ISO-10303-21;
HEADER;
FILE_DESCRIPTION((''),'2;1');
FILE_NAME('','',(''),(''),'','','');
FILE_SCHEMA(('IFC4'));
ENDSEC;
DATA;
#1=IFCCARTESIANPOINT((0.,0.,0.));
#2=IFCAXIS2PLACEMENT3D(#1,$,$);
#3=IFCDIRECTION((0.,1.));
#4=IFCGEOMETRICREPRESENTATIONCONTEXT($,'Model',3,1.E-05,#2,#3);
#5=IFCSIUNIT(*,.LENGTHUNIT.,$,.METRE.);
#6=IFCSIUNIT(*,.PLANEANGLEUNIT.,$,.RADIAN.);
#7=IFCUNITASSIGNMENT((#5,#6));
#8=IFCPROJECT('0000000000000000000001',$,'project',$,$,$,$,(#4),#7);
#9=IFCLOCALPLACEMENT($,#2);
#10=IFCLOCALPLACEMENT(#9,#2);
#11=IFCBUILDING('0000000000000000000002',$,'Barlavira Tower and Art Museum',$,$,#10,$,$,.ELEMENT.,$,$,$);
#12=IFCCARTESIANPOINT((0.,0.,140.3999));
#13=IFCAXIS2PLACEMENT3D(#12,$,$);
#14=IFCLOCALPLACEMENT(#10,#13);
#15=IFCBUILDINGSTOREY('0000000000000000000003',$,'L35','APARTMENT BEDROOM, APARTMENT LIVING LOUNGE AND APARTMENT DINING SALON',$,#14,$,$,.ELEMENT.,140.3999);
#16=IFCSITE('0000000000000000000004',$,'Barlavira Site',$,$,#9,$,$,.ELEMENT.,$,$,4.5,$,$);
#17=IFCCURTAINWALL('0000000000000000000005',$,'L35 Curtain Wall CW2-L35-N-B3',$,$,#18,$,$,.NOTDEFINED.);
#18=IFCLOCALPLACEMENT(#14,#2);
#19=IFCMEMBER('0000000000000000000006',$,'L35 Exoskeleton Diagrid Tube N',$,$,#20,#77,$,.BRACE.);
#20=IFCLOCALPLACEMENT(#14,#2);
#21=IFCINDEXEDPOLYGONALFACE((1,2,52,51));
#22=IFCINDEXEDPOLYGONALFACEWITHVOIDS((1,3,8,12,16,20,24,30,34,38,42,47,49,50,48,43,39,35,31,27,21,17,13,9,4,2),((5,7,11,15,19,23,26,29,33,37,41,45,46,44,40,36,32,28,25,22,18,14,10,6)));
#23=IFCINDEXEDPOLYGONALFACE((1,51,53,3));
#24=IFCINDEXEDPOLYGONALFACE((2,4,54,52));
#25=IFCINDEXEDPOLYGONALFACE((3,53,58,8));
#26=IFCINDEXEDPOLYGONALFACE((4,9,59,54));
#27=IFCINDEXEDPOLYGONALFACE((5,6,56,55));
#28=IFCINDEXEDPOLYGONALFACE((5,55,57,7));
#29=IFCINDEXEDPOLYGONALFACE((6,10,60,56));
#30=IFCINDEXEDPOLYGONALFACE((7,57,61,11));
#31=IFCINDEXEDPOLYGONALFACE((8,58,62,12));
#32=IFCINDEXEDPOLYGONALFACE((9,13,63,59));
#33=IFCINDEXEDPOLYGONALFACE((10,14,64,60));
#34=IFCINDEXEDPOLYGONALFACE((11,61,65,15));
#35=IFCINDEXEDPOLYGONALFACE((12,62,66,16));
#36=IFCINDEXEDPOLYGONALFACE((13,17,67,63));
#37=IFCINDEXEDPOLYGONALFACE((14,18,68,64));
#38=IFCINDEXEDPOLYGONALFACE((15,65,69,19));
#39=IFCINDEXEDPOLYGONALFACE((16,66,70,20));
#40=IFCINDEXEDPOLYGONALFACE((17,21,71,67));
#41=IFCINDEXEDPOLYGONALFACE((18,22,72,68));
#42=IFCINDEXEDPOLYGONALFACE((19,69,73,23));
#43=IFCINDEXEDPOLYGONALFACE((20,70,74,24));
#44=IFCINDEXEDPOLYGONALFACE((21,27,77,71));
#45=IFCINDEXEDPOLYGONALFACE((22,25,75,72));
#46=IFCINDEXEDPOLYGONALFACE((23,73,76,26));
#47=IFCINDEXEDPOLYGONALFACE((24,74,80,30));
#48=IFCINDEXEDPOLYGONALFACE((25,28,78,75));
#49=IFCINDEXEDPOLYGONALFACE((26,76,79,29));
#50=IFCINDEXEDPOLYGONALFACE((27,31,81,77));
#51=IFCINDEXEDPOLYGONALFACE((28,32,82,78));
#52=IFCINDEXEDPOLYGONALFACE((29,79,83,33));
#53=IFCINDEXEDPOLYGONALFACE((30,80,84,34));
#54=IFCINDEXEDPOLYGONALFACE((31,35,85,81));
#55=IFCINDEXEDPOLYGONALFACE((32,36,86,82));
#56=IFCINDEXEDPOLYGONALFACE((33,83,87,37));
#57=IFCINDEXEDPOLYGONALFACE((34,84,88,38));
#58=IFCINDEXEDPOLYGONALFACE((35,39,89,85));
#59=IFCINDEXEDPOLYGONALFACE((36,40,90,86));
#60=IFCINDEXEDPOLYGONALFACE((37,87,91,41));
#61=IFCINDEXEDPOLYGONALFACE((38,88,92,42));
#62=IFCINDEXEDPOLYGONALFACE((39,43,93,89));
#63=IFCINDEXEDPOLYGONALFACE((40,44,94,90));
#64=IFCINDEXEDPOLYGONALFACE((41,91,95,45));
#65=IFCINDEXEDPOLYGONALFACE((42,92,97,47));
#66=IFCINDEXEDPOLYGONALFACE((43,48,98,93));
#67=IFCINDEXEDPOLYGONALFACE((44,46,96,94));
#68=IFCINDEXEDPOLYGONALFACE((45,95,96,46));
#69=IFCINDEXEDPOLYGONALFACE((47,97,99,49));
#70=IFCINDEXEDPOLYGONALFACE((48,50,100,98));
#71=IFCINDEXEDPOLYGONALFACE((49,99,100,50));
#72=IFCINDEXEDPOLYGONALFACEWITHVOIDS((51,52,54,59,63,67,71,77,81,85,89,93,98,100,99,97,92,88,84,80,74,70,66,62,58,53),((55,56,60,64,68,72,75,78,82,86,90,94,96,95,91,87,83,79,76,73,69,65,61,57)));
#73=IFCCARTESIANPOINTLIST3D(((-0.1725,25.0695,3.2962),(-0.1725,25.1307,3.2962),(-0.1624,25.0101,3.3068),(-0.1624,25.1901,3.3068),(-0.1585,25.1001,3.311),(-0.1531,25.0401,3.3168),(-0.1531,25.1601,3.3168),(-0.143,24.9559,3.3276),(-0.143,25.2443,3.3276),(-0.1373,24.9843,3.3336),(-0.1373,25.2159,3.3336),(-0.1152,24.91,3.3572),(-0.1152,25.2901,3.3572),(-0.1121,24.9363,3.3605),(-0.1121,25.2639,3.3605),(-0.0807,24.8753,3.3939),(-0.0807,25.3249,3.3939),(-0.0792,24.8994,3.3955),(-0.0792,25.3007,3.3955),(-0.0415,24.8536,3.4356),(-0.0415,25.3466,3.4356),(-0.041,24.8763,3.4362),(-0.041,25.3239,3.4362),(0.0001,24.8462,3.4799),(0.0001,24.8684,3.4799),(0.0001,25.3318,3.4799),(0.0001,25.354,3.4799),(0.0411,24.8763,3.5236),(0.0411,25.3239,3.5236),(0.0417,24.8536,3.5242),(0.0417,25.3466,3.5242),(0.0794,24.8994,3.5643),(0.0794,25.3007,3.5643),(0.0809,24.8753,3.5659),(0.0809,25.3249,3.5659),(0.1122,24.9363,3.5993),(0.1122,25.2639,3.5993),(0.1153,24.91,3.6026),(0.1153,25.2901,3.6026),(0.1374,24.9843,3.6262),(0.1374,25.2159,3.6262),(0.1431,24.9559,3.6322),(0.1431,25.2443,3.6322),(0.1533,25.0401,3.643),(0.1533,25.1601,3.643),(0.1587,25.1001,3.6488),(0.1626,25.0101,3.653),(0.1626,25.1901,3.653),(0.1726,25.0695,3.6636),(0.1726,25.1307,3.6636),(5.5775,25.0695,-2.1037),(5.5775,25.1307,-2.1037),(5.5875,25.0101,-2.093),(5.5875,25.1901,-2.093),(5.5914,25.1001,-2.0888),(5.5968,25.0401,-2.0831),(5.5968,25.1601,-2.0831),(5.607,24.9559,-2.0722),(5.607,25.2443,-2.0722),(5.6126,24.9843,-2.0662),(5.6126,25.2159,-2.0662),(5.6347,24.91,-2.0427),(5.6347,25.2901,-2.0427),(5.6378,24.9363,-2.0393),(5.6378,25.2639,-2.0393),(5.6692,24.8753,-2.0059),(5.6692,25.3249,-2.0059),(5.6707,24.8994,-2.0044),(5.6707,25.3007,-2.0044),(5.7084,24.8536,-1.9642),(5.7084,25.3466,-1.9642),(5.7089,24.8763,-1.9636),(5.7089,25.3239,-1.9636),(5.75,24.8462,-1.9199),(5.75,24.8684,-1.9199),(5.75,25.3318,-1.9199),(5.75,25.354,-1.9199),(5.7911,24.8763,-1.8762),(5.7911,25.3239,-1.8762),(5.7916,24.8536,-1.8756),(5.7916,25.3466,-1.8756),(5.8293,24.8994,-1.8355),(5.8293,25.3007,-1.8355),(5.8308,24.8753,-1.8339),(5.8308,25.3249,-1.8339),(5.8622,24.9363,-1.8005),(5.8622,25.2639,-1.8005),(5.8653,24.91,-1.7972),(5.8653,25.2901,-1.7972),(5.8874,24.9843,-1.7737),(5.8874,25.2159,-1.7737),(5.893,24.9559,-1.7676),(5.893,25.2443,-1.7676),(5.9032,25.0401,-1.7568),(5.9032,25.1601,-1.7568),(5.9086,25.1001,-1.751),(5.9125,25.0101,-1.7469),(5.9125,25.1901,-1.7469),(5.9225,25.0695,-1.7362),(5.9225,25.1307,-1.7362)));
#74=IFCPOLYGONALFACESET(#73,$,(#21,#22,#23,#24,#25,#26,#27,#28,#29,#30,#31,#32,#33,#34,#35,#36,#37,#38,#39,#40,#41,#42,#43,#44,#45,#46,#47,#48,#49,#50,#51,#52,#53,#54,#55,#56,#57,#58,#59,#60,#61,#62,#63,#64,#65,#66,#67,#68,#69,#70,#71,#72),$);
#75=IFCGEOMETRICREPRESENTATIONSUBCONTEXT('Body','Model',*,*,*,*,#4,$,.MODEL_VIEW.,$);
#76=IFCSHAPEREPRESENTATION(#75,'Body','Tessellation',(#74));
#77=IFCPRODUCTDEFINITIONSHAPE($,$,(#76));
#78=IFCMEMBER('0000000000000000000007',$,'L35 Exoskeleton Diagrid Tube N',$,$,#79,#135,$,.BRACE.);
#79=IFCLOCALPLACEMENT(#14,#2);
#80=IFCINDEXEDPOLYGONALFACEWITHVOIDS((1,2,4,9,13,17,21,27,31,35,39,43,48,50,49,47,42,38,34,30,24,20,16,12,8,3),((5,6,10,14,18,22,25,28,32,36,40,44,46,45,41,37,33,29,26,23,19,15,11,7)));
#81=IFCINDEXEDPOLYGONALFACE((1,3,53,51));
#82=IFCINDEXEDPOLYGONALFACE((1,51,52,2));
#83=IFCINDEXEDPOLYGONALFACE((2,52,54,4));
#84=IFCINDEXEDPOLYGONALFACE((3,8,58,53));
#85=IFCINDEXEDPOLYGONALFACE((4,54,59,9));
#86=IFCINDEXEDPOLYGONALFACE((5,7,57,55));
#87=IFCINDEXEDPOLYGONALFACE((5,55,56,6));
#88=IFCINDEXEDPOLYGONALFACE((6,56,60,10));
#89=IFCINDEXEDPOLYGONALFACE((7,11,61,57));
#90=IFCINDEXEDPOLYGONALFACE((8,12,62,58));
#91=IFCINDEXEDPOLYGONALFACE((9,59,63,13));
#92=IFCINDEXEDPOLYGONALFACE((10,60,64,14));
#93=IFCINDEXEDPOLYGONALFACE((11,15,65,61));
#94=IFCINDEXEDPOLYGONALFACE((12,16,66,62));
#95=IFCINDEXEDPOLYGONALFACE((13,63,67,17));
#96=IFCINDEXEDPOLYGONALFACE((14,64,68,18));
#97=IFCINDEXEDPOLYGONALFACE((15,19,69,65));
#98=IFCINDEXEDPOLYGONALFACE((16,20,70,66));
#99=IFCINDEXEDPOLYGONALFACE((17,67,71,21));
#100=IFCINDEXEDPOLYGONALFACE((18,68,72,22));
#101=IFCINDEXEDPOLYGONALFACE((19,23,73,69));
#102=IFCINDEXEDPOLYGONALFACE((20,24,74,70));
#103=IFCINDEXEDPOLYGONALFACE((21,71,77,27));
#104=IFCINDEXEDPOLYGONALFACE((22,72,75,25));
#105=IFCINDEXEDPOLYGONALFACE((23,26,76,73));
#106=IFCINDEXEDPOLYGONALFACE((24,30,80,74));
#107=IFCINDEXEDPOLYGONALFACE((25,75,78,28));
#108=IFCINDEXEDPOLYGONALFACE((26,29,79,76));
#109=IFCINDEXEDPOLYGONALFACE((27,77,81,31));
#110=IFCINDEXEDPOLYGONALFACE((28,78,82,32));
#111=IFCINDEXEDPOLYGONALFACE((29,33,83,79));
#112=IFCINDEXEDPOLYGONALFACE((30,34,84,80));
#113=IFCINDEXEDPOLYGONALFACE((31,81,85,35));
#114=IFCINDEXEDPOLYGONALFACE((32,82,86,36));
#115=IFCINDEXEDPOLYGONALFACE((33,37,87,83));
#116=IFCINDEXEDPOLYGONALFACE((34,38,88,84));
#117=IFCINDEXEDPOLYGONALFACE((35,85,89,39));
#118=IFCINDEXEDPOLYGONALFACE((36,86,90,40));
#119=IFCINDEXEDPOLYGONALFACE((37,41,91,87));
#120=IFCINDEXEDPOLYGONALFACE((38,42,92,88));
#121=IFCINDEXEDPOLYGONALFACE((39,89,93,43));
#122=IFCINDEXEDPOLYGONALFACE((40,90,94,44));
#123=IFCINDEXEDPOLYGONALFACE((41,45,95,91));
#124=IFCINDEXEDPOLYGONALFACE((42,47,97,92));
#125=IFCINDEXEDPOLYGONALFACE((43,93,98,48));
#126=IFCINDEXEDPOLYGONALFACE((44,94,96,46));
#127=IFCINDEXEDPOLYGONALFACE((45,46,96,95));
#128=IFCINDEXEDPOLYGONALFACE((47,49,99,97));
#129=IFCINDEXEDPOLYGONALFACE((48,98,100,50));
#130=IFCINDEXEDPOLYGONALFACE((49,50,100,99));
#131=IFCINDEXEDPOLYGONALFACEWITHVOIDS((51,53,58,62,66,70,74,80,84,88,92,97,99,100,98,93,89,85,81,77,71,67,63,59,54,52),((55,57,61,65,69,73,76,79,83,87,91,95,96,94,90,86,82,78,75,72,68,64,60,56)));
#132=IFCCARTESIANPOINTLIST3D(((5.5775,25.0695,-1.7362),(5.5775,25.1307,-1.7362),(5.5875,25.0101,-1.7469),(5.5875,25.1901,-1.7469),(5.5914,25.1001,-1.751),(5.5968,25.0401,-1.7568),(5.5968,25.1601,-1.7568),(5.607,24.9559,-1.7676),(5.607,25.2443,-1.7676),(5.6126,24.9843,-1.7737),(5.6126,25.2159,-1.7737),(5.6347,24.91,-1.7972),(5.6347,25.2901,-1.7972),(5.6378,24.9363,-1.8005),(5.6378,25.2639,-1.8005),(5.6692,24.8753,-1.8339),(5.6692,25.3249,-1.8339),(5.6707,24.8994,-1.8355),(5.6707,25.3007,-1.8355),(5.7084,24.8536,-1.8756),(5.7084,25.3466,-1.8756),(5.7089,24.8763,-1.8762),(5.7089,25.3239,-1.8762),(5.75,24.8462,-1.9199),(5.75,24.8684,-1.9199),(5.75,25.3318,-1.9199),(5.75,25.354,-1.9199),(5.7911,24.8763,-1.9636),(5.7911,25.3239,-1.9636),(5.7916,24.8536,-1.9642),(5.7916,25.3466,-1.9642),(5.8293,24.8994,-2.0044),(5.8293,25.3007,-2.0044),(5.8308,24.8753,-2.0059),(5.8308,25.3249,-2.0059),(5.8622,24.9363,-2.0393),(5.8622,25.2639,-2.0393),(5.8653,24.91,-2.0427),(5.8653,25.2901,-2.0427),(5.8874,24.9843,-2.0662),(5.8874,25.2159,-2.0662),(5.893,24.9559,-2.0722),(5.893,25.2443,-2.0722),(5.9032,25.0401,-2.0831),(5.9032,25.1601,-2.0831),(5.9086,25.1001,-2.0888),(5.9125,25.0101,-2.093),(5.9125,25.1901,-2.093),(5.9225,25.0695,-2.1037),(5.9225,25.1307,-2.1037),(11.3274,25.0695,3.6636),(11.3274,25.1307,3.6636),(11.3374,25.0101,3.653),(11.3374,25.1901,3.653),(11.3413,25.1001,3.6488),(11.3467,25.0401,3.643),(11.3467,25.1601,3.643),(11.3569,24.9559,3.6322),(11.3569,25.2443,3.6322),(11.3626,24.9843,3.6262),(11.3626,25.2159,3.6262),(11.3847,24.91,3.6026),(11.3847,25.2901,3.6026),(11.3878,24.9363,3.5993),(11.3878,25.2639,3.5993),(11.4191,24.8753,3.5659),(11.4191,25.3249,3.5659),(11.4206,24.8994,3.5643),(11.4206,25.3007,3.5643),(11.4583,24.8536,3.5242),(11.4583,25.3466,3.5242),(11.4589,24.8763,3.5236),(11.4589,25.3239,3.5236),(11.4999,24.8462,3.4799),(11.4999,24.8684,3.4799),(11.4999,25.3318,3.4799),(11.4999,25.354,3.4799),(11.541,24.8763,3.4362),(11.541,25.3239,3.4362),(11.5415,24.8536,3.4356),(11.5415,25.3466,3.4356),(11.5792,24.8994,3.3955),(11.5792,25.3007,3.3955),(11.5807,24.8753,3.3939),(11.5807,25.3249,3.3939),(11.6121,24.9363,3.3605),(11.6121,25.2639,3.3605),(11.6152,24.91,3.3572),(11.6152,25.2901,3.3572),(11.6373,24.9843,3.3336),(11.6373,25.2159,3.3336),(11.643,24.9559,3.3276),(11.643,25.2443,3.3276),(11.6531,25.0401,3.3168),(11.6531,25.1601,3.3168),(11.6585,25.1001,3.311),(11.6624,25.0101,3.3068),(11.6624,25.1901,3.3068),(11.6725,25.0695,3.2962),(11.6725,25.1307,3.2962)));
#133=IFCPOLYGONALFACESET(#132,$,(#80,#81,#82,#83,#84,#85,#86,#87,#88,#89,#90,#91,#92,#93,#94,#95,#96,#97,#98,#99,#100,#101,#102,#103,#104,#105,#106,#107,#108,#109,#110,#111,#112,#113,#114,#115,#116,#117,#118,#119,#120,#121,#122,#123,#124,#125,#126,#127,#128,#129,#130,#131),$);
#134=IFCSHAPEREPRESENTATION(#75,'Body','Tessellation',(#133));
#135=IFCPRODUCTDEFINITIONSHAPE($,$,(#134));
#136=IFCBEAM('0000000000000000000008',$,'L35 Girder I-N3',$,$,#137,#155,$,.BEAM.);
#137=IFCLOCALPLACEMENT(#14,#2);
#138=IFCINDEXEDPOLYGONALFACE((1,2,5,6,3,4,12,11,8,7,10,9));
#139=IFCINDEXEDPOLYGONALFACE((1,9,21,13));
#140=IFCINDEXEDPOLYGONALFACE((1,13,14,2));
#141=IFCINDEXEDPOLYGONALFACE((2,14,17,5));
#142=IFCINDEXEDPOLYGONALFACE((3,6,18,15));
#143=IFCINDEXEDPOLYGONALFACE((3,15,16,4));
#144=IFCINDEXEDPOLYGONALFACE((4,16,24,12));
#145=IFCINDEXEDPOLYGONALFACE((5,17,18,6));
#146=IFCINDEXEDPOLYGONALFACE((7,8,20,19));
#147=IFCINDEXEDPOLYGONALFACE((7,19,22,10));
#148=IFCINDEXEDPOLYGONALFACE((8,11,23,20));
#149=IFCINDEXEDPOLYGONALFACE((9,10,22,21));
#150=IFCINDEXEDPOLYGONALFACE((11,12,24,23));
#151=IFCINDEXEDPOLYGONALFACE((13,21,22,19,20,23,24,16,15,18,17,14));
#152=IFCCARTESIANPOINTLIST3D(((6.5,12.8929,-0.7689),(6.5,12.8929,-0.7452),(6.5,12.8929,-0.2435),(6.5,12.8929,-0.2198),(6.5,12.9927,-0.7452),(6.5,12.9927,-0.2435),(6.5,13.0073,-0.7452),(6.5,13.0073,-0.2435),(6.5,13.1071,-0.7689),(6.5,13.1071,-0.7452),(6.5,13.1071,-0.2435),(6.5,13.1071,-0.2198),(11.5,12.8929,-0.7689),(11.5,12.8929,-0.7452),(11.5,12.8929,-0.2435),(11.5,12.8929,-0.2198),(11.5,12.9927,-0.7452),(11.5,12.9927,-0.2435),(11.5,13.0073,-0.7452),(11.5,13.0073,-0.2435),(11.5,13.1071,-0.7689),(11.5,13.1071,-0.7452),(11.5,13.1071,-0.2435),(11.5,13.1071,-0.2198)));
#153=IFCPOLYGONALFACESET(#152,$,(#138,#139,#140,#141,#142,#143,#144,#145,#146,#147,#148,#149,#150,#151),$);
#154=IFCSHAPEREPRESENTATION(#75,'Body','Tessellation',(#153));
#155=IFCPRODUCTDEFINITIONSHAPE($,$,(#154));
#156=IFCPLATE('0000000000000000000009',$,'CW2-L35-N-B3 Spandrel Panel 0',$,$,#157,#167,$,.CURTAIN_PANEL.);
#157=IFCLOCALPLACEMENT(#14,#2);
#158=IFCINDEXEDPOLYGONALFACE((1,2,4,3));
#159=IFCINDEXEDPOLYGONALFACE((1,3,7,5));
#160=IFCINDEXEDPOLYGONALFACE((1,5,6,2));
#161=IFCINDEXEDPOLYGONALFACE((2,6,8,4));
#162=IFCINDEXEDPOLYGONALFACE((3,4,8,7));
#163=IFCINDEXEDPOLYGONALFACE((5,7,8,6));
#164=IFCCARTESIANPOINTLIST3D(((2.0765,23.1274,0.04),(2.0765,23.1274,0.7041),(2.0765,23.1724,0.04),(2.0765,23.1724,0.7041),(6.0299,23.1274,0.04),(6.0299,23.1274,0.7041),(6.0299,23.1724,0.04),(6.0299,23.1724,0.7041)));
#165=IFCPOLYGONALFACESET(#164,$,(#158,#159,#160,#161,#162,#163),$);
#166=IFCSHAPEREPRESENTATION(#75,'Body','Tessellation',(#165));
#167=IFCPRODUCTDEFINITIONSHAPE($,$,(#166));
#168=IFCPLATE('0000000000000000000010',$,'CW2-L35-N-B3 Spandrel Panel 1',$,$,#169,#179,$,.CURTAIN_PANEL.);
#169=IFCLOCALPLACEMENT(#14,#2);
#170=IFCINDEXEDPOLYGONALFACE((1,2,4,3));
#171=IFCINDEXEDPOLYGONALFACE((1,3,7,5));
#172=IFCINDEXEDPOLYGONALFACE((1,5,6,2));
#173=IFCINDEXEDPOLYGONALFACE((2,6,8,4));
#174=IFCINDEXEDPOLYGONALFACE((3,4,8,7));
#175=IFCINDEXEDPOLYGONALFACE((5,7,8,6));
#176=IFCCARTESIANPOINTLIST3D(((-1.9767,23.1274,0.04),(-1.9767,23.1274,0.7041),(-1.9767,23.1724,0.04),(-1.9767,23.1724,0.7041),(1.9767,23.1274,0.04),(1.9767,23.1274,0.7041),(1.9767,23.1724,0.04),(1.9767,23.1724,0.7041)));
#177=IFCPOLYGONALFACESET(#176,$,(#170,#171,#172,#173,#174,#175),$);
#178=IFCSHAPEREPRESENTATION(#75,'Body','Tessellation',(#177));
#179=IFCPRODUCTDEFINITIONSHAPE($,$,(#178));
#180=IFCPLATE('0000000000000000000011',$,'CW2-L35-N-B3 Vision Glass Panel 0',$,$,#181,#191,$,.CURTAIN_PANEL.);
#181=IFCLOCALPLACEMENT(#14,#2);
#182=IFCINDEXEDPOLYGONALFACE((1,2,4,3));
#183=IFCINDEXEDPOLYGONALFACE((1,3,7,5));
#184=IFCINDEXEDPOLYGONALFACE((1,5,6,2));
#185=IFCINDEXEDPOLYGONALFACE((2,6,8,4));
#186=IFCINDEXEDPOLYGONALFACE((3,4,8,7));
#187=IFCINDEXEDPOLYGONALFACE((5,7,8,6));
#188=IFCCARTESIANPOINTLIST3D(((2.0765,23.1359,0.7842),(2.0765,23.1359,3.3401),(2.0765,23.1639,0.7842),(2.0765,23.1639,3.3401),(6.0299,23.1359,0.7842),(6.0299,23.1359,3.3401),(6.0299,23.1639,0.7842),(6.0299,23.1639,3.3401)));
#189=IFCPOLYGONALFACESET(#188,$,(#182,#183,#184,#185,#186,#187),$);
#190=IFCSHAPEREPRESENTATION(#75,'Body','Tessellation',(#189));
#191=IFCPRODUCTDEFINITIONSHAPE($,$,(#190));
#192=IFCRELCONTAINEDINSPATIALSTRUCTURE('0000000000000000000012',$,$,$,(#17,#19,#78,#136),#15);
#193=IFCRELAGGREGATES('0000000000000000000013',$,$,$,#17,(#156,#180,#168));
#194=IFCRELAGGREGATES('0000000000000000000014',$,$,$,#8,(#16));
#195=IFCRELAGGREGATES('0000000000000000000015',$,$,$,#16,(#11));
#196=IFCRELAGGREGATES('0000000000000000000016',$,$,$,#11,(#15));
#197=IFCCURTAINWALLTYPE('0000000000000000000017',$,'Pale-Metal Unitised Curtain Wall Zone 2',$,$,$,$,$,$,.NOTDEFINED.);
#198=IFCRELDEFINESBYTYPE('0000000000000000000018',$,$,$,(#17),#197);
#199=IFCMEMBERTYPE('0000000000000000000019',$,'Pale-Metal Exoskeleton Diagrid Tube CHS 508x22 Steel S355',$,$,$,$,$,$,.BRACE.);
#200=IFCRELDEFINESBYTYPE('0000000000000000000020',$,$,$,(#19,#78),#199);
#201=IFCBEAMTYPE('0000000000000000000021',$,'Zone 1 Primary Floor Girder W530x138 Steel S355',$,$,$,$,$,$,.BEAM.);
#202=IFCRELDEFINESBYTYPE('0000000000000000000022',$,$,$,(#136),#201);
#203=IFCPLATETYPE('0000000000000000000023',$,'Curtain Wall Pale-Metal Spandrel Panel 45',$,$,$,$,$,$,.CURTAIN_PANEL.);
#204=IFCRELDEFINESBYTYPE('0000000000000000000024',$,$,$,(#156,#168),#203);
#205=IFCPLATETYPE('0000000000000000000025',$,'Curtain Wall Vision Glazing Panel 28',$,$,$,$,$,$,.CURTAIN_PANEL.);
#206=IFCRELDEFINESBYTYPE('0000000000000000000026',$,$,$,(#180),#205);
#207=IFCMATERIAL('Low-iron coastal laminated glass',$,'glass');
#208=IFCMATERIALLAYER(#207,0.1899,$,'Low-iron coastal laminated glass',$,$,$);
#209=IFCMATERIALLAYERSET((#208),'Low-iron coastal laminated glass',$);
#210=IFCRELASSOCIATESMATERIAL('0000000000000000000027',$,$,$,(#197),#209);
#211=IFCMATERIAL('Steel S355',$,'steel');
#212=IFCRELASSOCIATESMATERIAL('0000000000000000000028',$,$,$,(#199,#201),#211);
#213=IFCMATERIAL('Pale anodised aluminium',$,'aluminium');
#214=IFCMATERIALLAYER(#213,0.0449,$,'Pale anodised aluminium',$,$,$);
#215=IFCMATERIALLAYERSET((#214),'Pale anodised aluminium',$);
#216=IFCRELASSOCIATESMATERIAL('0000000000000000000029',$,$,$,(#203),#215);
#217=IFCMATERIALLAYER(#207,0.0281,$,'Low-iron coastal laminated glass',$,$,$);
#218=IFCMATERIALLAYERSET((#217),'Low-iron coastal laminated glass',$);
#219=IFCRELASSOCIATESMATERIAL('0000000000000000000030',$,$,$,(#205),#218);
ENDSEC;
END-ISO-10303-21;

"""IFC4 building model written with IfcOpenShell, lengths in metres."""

from ifc_helpers import new_model, si_unit, direction, frame, origin, origin_2d, place, context, subcontext, project, spatial, rectangle, hollow_circle, i_section, extrude, material, layer, layer_set, material_profile, profile_set, type_object, element, aggregate, save


model = new_model("IFC4")

# Units and contexts
model_context = context("Model", 3, precision=1e-05, world=origin(), true_north=direction((0.0, 1.0)))
body_context = subcontext(model_context, "Body", "Model", "MODEL_VIEW")
ifc_project = project(units=[si_unit("LENGTHUNIT", "METRE"), si_unit("PLANEANGLEUNIT", "RADIAN")], contexts=[model_context])

# Site, building, storey
site_placement = place(None, origin())
site = spatial("IfcSite", under=ifc_project, at=site_placement, Name="Barlavira Site", CompositionType="ELEMENT", RefElevation=4.5)
building_placement = place(site_placement, origin())
building = spatial("IfcBuilding", under=site, at=building_placement, Name="Barlavira Tower and Art Museum", CompositionType="ELEMENT")
storey_placement = place(building_placement, frame((0.0, 0.0, 140.3999)))
storey = spatial("IfcBuildingStorey", under=building, at=storey_placement, Name="L35", Description="APARTMENT BEDROOM, APARTMENT LIVING LOUNGE AND APARTMENT DINING SALON", CompositionType="ELEMENT", Elevation=140.3999)

# Curtain wall
ifc_material_1 = material(Name="Low-iron coastal laminated glass", Category="glass")
ifc_layer_1 = layer(ifc_material_1, 0.1899, Name="Low-iron coastal laminated glass")
ifc_layer_set_1 = layer_set([ifc_layer_1], Name="Low-iron coastal laminated glass")
curtain_wall_type = type_object("IfcCurtainWallType", Name="Pale-Metal Unitised Curtain Wall Zone 2", PredefinedType="NOTDEFINED", material=ifc_layer_set_1)
curtain_wall_placement = place(storey_placement, origin())
curtain_wall = element("IfcCurtainWall", 1, at=curtain_wall_placement, inside=storey, type_object=curtain_wall_type, Name="L35 Curtain Wall CW2-L35-N-B3", PredefinedType="NOTDEFINED")
ifc_material_2 = material(Name="Pale anodised aluminium", Category="aluminium")

# Members
ifc_material_3 = material(Name="Steel S355", Category="steel")
ifc_material_profile_1 = material_profile(ifc_material_3, hollow_circle(Radius=0.2539, WallThickness=0.0222, at=origin_2d()), Name="CHS 508.0x22.2")
ifc_profile_set_1 = profile_set([ifc_material_profile_1], Name="Steel S355")
member_type_1 = type_object("IfcMemberType", Name="Pale-Metal Exoskeleton Diagrid Tube CHS 508x22 Steel S355", PredefinedType="BRACE", material=ifc_profile_set_1)
for number, where, z_axis, x_axis, name in (
    (2, (5.75, 25.1001, -1.9199), (-0.72895, 0.0, 0.684567), (0.0, -1.0, 0.0), "L35 Exoskeleton Diagrid Tube N"),
    (3, (5.75, 25.1001, -1.9199), (0.72895, 0.0, 0.684567), (0.0, 1.0, 0.0), "L35 Exoskeleton Diagrid Tube N"),
):
    element("IfcMember", number, at=place(storey_placement, frame(where, z_axis=z_axis, x_axis=x_axis)), inside=storey, type_object=member_type_1, Name=name, PredefinedType="BRACE", context=body_context, shape_type="SweptSolid", body=[
        extrude(hollow_circle(Radius=0.2539, WallThickness=0.0222, at=origin_2d()), origin(), (0.0, 0.0, 1.0), 7.8879),
    ])

# Beam
ifc_material_profile_2 = material_profile(ifc_material_3, i_section(OverallWidth=0.2141, OverallDepth=0.5491, WebThickness=0.0146, FlangeThickness=0.0237, at=origin_2d()), Name="W530x138.0")
ifc_profile_set_2 = profile_set([ifc_material_profile_2], Name="Steel S355")
beam_type = type_object("IfcBeamType", Name="Zone 1 Primary Floor Girder W530x138 Steel S355", PredefinedType="BEAM", material=ifc_profile_set_2)
beam_placement = place(storey_placement, frame((6.5, 13.0, -0.4944), z_axis=(1.0, 0.0, 0.0), x_axis=(0.0, 1.0, 0.0)))
element("IfcBeam", 4, at=beam_placement, inside=storey, type_object=beam_type, Name="L35 Girder I-N3", PredefinedType="BEAM", context=body_context, shape_type="SweptSolid", body=[
    extrude(i_section(OverallWidth=0.2141, OverallDepth=0.5491, WebThickness=0.0146, FlangeThickness=0.0237, at=origin_2d()), origin(), (0.0, 0.0, 1.0), 5.0),
])

# Plates
ifc_layer_2 = layer(ifc_material_2, 0.0449, Name="Pale anodised aluminium")
ifc_layer_set_2 = layer_set([ifc_layer_2], Name="Pale anodised aluminium")
plate_type_1 = type_object("IfcPlateType", Name="Curtain Wall Pale-Metal Spandrel Panel 45", PredefinedType="CURTAIN_PANEL", material=ifc_layer_set_2)
plate_1_placement = place(storey_placement, frame((4.0532, 23.1499, 0.04), z_axis=(0.0, 0.0, 1.0), x_axis=(-1.0, 0.0, 0.0)))
plate_1 = element("IfcPlate", 5, at=plate_1_placement, type_object=plate_type_1, Name="CW2-L35-N-B3 Spandrel Panel 0", PredefinedType="CURTAIN_PANEL", context=body_context, shape_type="SweptSolid", body=[
    extrude(rectangle(XDim=3.9534, YDim=0.0449, at=origin_2d()), origin(), (0.0, 0.0, 1.0), 0.6641),
])
plate_2_placement = place(storey_placement, frame((0.0, 23.1499, 0.04), z_axis=(0.0, 0.0, 1.0), x_axis=(-1.0, 0.0, 0.0)))
plate_2 = element("IfcPlate", 6, at=plate_2_placement, type_object=plate_type_1, Name="CW2-L35-N-B3 Spandrel Panel 1", PredefinedType="CURTAIN_PANEL", context=body_context, shape_type="SweptSolid", body=[
    extrude(rectangle(XDim=3.9534, YDim=0.0449, at=origin_2d()), origin(), (0.0, 0.0, 1.0), 0.6641),
])
ifc_layer_3 = layer(ifc_material_1, 0.0281, Name="Low-iron coastal laminated glass")
ifc_layer_set_3 = layer_set([ifc_layer_3], Name="Low-iron coastal laminated glass")
plate_type_2 = type_object("IfcPlateType", Name="Curtain Wall Vision Glazing Panel 28", PredefinedType="CURTAIN_PANEL", material=ifc_layer_set_3)
plate_3_placement = place(storey_placement, frame((4.0532, 23.1499, 0.7842), z_axis=(0.0, 0.0, 1.0), x_axis=(-1.0, 0.0, 0.0)))
plate_3 = element("IfcPlate", 7, at=plate_3_placement, type_object=plate_type_2, Name="CW2-L35-N-B3 Vision Glass Panel 0", PredefinedType="CURTAIN_PANEL", context=body_context, shape_type="SweptSolid", body=[
    extrude(rectangle(XDim=3.9534, YDim=0.0281, at=origin_2d()), origin(), (0.0, 0.0, 1.0), 2.5559),
])
aggregate(curtain_wall, [plate_1, plate_3, plate_2])

save(model, "model.ifc")
